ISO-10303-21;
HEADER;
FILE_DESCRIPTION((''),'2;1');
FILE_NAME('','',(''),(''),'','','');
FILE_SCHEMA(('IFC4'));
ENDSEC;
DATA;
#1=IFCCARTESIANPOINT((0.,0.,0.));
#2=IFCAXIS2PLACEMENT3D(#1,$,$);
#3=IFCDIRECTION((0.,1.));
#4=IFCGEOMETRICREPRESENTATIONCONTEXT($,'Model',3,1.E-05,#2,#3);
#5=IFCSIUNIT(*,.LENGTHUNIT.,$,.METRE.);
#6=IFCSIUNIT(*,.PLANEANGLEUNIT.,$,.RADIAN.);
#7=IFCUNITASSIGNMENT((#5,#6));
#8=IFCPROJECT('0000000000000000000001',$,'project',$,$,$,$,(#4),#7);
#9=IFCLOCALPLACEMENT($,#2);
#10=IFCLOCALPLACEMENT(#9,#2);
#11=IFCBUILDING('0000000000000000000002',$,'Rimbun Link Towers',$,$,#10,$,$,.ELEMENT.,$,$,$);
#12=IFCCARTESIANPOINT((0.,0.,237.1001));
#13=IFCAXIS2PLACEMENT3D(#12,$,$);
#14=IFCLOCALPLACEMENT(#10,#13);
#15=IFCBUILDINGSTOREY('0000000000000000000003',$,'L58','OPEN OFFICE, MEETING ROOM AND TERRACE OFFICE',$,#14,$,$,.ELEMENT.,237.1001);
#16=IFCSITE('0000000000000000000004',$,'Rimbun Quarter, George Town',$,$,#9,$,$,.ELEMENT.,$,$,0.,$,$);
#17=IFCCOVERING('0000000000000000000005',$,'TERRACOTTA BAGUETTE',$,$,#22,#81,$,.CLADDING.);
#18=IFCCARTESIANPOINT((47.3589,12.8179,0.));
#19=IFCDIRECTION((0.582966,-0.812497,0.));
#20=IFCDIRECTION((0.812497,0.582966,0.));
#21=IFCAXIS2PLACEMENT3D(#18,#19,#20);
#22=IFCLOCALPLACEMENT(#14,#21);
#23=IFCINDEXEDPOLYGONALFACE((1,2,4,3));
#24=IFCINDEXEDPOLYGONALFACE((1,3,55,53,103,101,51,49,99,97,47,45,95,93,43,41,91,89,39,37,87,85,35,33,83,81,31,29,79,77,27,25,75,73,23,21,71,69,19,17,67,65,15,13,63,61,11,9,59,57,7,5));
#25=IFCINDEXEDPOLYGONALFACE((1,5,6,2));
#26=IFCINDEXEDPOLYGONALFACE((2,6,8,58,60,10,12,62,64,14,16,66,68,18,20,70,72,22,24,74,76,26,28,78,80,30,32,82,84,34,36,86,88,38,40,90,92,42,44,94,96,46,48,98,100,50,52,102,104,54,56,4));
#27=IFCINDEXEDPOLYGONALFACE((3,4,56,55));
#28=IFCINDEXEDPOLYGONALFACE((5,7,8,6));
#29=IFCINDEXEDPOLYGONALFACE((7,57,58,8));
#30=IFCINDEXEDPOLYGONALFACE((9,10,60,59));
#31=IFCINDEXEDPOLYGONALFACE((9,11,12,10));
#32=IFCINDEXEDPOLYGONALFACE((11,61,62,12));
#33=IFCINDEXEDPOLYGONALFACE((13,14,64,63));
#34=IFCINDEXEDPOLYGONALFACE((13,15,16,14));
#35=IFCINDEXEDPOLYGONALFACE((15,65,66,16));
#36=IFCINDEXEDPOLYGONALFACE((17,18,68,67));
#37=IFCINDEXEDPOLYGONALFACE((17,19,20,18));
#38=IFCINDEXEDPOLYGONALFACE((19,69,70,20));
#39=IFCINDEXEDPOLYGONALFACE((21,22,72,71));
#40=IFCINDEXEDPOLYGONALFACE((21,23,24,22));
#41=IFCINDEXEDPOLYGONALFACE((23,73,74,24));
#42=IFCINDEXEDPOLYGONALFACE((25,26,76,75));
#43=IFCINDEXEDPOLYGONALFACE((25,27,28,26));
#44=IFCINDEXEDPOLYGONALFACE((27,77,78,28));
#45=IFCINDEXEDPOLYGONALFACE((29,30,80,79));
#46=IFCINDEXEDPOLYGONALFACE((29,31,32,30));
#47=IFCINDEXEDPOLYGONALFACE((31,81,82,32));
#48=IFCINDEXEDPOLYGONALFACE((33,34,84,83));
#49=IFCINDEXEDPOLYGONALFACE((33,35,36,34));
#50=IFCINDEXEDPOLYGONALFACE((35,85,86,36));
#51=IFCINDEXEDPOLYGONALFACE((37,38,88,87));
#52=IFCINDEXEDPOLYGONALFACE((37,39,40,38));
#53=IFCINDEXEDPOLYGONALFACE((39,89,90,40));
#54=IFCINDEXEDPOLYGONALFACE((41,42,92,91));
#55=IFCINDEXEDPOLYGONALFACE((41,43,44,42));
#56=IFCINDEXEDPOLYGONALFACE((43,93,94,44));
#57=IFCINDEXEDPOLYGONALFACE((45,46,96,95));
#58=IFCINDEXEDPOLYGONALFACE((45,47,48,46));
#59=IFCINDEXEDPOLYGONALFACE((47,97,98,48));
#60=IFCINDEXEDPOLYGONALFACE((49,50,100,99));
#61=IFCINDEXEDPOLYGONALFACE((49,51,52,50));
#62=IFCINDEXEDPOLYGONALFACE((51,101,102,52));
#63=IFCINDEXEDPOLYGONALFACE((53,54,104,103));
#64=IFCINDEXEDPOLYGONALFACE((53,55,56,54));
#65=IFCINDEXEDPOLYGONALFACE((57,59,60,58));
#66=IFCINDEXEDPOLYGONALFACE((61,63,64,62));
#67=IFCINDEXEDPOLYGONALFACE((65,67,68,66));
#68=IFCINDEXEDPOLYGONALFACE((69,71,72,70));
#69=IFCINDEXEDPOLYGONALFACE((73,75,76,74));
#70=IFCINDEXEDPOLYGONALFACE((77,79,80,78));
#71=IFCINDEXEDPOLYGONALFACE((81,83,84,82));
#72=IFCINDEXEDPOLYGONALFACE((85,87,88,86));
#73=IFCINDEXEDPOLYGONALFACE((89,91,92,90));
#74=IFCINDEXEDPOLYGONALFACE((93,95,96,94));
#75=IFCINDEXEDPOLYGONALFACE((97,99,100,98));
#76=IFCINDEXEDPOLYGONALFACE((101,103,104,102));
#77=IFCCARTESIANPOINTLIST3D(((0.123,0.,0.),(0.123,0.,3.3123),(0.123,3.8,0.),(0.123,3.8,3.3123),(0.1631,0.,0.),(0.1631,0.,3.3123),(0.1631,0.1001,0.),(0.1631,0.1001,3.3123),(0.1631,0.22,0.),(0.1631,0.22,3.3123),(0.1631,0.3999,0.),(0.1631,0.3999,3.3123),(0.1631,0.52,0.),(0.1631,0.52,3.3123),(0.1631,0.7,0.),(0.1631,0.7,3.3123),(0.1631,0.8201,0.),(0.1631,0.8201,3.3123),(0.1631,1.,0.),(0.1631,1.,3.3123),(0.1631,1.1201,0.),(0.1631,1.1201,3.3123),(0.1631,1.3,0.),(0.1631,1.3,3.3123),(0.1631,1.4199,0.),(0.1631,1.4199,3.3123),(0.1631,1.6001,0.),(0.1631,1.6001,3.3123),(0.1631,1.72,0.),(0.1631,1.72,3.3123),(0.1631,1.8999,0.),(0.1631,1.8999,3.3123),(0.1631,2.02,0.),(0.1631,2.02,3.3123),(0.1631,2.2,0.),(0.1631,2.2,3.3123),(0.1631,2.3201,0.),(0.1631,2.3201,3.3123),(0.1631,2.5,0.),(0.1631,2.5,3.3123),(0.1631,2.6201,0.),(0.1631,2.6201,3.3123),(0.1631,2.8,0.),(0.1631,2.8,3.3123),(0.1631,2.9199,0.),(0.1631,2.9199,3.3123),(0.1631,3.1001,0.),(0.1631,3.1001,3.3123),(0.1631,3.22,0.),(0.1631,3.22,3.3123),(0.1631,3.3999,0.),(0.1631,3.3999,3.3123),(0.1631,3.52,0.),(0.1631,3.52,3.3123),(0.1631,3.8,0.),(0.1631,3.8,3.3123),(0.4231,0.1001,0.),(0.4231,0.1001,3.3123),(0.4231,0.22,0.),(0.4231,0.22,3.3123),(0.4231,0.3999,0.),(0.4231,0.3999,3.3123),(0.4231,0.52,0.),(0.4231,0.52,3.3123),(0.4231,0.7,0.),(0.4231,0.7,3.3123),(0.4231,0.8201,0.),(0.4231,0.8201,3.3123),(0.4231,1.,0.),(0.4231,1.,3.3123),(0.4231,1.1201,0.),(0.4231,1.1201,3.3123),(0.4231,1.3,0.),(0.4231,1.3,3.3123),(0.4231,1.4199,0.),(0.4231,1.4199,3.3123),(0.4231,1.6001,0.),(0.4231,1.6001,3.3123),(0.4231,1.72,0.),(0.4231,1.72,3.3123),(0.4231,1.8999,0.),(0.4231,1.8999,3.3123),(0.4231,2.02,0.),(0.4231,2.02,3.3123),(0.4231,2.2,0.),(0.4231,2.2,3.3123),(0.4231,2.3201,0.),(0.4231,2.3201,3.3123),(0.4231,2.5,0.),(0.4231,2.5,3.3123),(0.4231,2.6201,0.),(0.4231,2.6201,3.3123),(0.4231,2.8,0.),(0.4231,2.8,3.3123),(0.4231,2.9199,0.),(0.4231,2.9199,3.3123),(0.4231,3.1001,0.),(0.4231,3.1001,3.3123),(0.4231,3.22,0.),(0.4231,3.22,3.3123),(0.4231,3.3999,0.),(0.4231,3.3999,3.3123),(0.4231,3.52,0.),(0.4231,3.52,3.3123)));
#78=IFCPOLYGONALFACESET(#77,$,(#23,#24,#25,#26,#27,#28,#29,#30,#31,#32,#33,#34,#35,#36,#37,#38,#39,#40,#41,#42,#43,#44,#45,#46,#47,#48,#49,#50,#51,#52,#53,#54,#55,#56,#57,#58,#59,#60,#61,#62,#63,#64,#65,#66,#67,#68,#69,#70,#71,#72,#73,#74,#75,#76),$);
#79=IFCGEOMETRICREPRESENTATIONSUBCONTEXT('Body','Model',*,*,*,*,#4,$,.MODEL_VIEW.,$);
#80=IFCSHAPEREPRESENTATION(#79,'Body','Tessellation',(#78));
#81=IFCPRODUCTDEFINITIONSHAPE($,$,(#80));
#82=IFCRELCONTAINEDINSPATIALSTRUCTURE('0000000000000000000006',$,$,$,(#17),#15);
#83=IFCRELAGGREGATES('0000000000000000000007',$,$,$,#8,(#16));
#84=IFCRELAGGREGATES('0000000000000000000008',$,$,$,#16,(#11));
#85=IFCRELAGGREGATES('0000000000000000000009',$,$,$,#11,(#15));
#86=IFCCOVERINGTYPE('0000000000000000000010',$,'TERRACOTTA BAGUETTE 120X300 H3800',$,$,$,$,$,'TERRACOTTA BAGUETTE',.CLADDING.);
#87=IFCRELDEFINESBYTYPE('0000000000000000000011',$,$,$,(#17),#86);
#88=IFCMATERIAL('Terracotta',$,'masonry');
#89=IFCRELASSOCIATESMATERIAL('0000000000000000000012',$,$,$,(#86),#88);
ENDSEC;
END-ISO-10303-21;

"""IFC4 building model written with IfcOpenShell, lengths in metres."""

from ifc_helpers import new_model, si_unit, direction, frame, origin, place, context, subcontext, project, spatial, polyline, outline, extrude, material, material_profile, profile_set, type_object, element, save


model = new_model("IFC4")

# Units and contexts
model_context = context("Model", 3, precision=1e-05, world=origin(), true_north=direction((0.0, 1.0)))
body_context = subcontext(model_context, "Body", "Model", "MODEL_VIEW")
ifc_project = project(units=[si_unit("LENGTHUNIT", "METRE"), si_unit("PLANEANGLEUNIT", "RADIAN")], contexts=[model_context])

# Site, building, storey
site_placement = place(None, origin())
site = spatial("IfcSite", under=ifc_project, at=site_placement, Name="Rimbun Quarter, George Town", CompositionType="ELEMENT", RefElevation=0.0)
building_placement = place(site_placement, origin())
building = spatial("IfcBuilding", under=site, at=building_placement, Name="Rimbun Link Towers", CompositionType="ELEMENT")
storey_placement = place(building_placement, frame((0.0, 0.0, 237.1001)))
storey = spatial("IfcBuildingStorey", under=building, at=storey_placement, Name="L58", Description="OPEN OFFICE, MEETING ROOM AND TERRACE OFFICE", CompositionType="ELEMENT", Elevation=237.1001)

# Covering
ifc_material_1 = material(Name="Terracotta", Category="masonry")
ifc_material_profile_1 = material_profile(ifc_material_1, outline(polyline([(0.123, 0.0), (0.1631, 0.0), (0.1631, 0.1001), (0.4231, 0.1001), (0.4231, 0.22), (0.1631, 0.22), (0.1631, 0.3999), (0.4231, 0.3999), (0.4231, 0.52), (0.1631, 0.52), (0.1631, 0.7), (0.4231, 0.7), (0.4231, 0.8201), (0.1631, 0.8201), (0.1631, 1.0), (0.4231, 1.0), (0.4231, 1.1201), (0.1631, 1.1201), (0.1631, 1.3), (0.4231, 1.3), (0.4231, 1.4199), (0.1631, 1.4199), (0.1631, 1.6001), (0.4231, 1.6001), (0.4231, 1.72), (0.1631, 1.72), (0.1631, 1.8999), (0.4231, 1.8999), (0.4231, 2.02), (0.1631, 2.02), (0.1631, 2.2), (0.4231, 2.2), (0.4231, 2.3201), (0.1631, 2.3201), (0.1631, 2.5), (0.4231, 2.5), (0.4231, 2.6201), (0.1631, 2.6201), (0.1631, 2.8), (0.4231, 2.8), (0.4231, 2.9199), (0.1631, 2.9199), (0.1631, 3.1001), (0.4231, 3.1001), (0.4231, 3.22), (0.1631, 3.22), (0.1631, 3.3999), (0.4231, 3.3999), (0.4231, 3.52), (0.1631, 3.52), (0.1631, 3.8), (0.123, 3.8), (0.123, 0.0)])), Name="BAGUETTE 120X300")
ifc_profile_set_1 = profile_set([ifc_material_profile_1], Name="Terracotta")
covering_type = type_object("IfcCoveringType", Name="TERRACOTTA BAGUETTE 120X300 H3800", ElementType="TERRACOTTA BAGUETTE", PredefinedType="CLADDING", material=ifc_profile_set_1)
covering_1_placement = place(storey_placement, frame((47.3589, 12.8179, 0.0), z_axis=(0.582966, -0.812497, 0.0), x_axis=(0.812497, 0.582966, 0.0)))
element("IfcCovering", 1, at=covering_1_placement, inside=storey, type_object=covering_type, Name="TERRACOTTA BAGUETTE", PredefinedType="CLADDING", context=body_context, shape_type="SweptSolid", body=[
    extrude(outline(polyline([(0.123, 0.0), (0.1631, 0.0), (0.1631, 0.1001), (0.4231, 0.1001), (0.4231, 0.22), (0.1631, 0.22), (0.1631, 0.3999), (0.4231, 0.3999), (0.4231, 0.52), (0.1631, 0.52), (0.1631, 0.7), (0.4231, 0.7), (0.4231, 0.8201), (0.1631, 0.8201), (0.1631, 1.0), (0.4231, 1.0), (0.4231, 1.1201), (0.1631, 1.1201), (0.1631, 1.3), (0.4231, 1.3), (0.4231, 1.4199), (0.1631, 1.4199), (0.1631, 1.6001), (0.4231, 1.6001), (0.4231, 1.72), (0.1631, 1.72), (0.1631, 1.8999), (0.4231, 1.8999), (0.4231, 2.02), (0.1631, 2.02), (0.1631, 2.2), (0.4231, 2.2), (0.4231, 2.3201), (0.1631, 2.3201), (0.1631, 2.5), (0.4231, 2.5), (0.4231, 2.6201), (0.1631, 2.6201), (0.1631, 2.8), (0.4231, 2.8), (0.4231, 2.9199), (0.1631, 2.9199), (0.1631, 3.1001), (0.4231, 3.1001), (0.4231, 3.22), (0.1631, 3.22), (0.1631, 3.3999), (0.4231, 3.3999), (0.4231, 3.52), (0.1631, 3.52), (0.1631, 3.8), (0.123, 3.8), (0.123, 0.0)])), origin(), (0.0, 0.0, 1.0), 3.3123),
])

save(model, "model.ifc")
